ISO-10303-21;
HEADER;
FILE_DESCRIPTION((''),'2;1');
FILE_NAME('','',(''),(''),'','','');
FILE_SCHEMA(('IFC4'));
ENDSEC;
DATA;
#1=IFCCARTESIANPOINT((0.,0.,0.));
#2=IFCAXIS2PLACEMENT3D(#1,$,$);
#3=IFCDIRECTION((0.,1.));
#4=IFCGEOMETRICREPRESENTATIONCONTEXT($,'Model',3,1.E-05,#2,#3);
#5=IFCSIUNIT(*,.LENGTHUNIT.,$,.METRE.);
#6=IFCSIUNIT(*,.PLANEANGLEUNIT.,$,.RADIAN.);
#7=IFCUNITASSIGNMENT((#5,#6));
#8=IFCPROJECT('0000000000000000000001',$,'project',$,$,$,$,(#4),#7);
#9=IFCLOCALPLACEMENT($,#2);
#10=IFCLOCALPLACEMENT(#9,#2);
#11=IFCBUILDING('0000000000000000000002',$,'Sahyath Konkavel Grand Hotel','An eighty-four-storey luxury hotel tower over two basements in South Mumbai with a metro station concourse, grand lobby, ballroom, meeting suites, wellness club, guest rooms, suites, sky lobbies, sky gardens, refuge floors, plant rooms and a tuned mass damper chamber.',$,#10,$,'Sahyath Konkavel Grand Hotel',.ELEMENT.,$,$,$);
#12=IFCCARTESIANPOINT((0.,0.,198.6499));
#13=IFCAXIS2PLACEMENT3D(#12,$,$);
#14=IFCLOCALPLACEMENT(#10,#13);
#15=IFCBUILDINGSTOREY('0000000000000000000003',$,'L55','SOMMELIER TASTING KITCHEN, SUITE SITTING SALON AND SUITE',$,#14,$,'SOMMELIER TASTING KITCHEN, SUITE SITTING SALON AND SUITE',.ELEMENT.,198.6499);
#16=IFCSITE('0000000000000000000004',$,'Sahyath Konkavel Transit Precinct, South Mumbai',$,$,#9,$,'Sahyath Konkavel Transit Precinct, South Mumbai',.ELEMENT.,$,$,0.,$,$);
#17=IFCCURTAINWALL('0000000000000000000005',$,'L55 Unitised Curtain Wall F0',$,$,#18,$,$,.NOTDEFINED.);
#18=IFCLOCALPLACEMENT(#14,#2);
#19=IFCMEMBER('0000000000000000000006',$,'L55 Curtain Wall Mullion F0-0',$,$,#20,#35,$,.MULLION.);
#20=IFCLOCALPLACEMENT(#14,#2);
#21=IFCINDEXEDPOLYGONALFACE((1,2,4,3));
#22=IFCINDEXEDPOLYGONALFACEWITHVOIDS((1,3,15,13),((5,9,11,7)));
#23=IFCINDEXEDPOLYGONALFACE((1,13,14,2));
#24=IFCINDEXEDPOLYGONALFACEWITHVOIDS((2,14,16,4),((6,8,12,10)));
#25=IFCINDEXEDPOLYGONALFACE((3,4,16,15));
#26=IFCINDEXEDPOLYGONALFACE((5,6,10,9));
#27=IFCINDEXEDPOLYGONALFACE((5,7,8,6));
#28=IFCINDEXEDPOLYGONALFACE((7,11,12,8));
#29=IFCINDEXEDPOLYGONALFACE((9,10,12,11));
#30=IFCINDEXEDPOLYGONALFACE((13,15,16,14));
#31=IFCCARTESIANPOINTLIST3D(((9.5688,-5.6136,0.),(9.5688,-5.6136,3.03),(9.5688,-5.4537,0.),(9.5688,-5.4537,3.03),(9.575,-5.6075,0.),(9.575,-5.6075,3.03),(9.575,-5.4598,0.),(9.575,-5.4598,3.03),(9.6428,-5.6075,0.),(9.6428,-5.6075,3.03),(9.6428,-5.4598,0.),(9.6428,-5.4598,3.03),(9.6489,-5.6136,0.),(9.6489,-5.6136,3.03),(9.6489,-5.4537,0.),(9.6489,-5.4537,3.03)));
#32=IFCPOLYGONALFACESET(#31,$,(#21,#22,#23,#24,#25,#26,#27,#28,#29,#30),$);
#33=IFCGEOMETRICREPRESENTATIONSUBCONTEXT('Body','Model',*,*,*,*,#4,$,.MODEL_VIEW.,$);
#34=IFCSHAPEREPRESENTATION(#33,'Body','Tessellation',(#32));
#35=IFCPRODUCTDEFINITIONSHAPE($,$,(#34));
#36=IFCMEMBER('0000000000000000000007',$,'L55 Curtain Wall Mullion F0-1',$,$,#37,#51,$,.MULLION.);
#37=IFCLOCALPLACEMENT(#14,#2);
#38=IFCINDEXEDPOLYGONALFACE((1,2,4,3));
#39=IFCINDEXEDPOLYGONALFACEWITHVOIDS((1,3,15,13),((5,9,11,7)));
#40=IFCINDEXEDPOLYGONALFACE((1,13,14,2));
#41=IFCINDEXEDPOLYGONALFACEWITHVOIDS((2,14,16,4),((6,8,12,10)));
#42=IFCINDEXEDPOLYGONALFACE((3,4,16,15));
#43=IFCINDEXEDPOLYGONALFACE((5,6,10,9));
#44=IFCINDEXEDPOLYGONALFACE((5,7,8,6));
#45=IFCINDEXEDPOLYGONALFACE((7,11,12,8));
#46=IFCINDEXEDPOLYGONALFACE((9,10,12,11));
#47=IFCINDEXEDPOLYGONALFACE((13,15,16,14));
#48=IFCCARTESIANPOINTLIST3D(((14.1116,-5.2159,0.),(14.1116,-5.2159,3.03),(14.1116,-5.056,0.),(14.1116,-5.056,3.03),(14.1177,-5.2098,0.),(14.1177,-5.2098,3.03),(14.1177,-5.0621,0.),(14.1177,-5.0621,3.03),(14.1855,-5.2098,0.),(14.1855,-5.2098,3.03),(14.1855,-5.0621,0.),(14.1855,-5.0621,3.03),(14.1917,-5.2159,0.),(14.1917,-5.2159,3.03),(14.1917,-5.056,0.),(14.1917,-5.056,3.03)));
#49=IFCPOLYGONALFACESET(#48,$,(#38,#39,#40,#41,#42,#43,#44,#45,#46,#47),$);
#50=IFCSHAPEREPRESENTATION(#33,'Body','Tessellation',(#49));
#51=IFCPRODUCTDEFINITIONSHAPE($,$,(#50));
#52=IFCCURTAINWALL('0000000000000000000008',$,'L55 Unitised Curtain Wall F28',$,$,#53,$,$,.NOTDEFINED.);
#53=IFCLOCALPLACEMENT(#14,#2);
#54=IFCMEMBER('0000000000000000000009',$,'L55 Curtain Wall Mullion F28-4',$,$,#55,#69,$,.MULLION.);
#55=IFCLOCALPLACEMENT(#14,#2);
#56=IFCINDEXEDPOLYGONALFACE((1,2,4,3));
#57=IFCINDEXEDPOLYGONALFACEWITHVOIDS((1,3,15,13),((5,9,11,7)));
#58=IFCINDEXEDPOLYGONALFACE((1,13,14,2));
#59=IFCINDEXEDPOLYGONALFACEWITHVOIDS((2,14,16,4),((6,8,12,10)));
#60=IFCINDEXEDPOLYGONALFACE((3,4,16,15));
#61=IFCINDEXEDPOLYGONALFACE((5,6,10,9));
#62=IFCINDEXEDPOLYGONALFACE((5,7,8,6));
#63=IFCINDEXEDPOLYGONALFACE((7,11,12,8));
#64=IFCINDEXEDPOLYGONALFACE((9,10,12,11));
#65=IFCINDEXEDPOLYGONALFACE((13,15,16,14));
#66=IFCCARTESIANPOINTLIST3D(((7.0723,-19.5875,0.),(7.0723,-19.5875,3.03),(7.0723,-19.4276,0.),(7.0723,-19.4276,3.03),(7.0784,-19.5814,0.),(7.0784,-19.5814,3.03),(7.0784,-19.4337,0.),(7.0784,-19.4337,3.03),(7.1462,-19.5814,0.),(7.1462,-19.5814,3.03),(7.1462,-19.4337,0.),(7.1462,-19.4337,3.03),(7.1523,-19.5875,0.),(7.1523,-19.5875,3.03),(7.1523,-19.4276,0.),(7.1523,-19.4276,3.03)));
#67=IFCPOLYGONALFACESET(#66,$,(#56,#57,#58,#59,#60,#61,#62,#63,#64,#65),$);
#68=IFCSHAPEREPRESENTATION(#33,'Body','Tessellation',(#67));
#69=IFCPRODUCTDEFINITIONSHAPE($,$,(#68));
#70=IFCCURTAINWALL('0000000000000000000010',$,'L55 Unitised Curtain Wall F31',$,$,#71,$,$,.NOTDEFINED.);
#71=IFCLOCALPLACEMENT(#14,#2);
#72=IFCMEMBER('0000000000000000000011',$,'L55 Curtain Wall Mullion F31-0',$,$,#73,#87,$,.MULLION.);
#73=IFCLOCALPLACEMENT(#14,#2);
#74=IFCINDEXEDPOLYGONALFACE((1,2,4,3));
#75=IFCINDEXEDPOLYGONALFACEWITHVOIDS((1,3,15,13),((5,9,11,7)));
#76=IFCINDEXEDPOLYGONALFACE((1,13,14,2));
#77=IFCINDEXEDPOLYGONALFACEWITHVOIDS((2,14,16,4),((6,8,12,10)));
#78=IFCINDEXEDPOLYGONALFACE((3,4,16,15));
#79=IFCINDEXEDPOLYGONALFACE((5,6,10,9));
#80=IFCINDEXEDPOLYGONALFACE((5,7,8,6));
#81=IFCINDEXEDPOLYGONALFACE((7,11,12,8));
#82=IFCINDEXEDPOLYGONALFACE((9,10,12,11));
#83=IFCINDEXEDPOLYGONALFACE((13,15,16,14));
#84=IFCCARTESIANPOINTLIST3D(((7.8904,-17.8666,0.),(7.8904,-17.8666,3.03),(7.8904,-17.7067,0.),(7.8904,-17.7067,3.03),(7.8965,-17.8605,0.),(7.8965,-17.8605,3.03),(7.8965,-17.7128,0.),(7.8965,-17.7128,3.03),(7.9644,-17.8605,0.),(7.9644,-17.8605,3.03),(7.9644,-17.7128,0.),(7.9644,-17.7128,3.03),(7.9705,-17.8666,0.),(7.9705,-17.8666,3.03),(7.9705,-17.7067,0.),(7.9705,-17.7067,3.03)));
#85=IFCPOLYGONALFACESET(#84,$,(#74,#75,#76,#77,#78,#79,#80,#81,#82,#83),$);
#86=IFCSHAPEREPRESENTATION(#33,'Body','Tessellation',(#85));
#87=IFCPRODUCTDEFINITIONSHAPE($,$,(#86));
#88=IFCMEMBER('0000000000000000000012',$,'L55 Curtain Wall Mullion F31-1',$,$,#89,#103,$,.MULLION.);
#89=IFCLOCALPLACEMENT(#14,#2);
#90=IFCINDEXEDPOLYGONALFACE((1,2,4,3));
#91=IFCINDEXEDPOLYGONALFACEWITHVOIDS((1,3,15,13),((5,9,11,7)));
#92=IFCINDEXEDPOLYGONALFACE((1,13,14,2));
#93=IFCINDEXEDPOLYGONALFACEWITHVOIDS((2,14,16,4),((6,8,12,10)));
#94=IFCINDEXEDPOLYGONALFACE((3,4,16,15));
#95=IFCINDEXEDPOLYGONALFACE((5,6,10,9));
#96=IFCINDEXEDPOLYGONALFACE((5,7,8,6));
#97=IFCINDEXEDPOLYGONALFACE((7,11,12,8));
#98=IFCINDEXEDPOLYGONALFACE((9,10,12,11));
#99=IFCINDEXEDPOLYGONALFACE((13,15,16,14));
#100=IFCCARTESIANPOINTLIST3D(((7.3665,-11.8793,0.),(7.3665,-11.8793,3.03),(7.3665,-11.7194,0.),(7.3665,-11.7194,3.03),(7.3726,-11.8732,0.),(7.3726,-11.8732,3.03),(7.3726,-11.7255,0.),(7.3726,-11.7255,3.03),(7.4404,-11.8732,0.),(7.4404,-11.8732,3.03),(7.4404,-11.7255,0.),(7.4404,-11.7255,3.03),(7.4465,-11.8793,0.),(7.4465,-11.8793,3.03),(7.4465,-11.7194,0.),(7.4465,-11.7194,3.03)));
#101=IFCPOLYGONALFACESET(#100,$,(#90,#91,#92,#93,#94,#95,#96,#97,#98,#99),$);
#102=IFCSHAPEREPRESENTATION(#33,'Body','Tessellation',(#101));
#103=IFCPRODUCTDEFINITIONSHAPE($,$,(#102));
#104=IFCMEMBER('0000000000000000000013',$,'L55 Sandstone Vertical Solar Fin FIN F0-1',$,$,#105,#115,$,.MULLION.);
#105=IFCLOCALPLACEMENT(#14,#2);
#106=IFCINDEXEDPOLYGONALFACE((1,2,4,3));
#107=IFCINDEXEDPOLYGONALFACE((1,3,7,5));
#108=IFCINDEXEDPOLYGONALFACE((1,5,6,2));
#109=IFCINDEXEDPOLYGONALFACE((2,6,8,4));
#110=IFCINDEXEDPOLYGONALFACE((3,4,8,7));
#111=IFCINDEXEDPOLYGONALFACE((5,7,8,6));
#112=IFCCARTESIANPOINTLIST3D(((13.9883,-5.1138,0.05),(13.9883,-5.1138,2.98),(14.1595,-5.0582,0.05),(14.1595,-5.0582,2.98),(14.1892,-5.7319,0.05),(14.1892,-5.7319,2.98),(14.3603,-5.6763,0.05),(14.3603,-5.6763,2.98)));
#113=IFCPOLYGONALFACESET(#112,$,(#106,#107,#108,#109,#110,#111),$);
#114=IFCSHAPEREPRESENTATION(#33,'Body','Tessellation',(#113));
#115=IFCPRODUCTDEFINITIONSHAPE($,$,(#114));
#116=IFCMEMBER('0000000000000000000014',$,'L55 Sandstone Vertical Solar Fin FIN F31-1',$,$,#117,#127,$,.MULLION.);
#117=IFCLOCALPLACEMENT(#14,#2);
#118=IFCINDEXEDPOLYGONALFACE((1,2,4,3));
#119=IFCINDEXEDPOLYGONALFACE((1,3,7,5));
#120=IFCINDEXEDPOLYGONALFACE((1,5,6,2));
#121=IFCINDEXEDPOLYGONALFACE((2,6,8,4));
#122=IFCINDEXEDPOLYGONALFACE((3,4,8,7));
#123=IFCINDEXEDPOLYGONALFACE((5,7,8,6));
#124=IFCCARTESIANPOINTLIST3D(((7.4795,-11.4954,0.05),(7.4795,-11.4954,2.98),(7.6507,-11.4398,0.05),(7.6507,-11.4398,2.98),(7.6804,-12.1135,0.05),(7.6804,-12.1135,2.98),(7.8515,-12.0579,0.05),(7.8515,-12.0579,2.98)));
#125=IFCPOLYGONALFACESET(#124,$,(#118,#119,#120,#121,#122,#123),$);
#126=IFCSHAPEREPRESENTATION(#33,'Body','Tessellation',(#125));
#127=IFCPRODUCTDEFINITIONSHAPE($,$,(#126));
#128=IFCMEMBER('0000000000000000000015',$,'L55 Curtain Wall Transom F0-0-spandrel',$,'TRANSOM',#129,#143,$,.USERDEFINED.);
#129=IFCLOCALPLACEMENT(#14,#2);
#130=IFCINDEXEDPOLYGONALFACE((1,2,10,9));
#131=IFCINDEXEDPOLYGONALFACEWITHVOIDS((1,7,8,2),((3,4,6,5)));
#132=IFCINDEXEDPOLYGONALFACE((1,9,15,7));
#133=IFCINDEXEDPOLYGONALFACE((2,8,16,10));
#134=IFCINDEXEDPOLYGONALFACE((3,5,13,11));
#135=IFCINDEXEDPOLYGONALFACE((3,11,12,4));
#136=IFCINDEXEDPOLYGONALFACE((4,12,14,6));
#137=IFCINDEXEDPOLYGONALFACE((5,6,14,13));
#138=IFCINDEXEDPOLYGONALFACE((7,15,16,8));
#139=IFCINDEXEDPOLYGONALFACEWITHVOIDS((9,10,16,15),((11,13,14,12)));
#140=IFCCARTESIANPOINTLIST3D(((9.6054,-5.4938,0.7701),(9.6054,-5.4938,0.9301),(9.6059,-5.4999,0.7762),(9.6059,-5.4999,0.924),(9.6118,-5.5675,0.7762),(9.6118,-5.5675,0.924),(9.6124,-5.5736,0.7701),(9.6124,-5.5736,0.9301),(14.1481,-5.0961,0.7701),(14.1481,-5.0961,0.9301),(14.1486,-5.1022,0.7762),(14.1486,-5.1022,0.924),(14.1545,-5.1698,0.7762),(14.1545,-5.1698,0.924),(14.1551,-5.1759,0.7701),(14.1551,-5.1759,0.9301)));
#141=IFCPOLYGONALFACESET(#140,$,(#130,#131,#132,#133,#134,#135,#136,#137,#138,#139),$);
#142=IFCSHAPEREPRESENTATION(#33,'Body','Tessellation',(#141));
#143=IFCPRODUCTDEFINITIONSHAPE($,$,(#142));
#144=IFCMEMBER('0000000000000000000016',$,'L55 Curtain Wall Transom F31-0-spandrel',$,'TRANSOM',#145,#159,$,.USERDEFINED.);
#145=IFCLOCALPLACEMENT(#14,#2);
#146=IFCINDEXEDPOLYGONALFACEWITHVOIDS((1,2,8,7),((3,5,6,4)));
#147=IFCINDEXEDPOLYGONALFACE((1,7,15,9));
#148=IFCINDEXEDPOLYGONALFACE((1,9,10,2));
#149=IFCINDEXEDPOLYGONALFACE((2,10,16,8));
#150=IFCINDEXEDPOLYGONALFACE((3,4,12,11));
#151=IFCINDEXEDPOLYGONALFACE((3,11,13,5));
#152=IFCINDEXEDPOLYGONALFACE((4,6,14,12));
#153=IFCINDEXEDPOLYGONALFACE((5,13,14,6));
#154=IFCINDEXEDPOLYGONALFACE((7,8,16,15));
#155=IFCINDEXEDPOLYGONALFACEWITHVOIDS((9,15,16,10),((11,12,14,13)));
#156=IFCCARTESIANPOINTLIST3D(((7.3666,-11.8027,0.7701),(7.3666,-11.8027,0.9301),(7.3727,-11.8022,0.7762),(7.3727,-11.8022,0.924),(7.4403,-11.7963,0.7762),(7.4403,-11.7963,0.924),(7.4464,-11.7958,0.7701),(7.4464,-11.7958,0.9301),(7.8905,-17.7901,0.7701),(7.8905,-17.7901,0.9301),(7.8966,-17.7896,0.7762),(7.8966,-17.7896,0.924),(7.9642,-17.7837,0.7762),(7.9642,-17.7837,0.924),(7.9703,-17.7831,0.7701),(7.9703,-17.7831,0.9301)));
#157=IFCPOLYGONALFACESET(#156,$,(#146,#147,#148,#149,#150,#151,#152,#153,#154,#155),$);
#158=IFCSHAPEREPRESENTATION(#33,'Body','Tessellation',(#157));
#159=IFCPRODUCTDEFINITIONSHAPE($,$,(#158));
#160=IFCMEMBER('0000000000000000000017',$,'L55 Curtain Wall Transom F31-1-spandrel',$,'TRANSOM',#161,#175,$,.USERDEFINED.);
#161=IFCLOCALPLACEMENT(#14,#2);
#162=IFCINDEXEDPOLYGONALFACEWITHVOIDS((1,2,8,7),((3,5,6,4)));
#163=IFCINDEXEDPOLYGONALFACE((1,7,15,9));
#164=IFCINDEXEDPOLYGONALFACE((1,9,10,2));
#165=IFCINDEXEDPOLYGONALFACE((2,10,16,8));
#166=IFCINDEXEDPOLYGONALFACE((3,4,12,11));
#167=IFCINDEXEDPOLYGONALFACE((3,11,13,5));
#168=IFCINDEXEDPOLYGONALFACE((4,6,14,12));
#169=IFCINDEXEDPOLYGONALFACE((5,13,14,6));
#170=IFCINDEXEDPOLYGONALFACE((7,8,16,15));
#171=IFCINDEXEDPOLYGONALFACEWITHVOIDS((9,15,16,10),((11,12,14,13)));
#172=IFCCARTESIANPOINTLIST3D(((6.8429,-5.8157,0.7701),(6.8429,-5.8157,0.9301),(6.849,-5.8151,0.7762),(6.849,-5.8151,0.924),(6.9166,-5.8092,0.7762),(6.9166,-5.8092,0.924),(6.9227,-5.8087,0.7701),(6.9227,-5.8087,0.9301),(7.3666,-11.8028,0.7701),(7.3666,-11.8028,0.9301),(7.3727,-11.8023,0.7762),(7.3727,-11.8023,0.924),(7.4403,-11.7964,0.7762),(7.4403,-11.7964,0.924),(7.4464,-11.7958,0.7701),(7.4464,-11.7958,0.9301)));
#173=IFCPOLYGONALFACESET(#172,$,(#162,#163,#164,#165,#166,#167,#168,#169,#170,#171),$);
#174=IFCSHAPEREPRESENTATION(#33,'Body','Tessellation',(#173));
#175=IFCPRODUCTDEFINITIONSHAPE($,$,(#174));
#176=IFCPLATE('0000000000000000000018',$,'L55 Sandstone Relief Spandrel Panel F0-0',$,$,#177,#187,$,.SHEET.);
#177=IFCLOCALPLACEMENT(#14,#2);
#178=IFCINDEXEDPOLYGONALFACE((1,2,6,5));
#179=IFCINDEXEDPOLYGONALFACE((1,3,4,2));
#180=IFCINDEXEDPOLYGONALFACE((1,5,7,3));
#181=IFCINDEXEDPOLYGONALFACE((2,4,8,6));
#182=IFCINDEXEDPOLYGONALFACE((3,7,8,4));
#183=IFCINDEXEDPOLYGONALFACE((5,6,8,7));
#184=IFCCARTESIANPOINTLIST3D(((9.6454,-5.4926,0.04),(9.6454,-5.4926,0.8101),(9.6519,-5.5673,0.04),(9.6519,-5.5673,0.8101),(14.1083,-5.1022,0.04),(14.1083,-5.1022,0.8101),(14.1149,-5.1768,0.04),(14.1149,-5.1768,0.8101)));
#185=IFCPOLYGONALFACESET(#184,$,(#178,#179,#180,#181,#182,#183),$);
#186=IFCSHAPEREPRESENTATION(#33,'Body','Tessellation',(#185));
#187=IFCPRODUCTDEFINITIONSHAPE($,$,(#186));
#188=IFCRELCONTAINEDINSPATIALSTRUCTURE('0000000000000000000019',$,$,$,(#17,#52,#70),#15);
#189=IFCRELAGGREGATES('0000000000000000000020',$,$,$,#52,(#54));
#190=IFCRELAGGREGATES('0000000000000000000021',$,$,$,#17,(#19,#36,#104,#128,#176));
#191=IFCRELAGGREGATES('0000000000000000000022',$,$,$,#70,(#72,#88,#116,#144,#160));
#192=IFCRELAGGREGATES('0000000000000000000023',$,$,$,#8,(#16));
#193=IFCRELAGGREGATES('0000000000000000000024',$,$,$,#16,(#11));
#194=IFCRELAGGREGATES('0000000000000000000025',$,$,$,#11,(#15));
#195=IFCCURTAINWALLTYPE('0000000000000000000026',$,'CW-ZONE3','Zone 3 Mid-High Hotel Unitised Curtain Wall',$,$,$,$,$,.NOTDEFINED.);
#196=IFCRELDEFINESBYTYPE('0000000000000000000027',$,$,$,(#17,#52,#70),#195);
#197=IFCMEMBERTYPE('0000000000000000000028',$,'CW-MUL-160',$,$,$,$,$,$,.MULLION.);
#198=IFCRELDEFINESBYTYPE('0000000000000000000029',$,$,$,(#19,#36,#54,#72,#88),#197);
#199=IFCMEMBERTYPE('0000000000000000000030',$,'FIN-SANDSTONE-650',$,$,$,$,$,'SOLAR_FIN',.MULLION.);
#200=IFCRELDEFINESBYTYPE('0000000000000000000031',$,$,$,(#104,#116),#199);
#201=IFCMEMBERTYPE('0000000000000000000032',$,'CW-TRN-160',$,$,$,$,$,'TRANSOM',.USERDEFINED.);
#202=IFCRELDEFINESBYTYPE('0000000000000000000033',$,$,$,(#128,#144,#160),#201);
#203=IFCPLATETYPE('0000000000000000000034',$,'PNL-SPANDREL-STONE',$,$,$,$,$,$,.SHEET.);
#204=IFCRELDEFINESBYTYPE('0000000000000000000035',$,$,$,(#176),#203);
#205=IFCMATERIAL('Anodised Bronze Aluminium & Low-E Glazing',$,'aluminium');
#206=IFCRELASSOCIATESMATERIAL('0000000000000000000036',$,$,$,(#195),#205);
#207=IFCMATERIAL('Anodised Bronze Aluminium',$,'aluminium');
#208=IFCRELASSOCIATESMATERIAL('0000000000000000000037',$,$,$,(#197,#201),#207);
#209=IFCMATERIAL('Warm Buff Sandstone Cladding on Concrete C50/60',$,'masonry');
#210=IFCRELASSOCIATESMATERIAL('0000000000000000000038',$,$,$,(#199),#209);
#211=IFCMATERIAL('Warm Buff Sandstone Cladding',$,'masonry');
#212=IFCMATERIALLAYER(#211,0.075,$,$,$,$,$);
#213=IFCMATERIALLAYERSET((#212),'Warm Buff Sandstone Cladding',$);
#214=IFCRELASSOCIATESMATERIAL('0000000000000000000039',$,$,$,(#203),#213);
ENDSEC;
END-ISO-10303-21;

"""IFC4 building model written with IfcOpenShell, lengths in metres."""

from ifc_helpers import new_model, si_unit, direction, frame, origin, origin_2d, place, context, subcontext, project, spatial, rectangle, hollow_rectangle, extrude, source, transform, mapped, material, layer, layer_set, material_profile, profile_set, type_object, element, aggregate, save


model = new_model("IFC4")

# Units and contexts
model_context = context("Model", 3, precision=1e-05, world=origin(), true_north=direction((0.0, 1.0)))
body_context = subcontext(model_context, "Body", "Model", "MODEL_VIEW")
ifc_project = project(units=[si_unit("LENGTHUNIT", "METRE"), si_unit("PLANEANGLEUNIT", "RADIAN")], contexts=[model_context])

# Site, building, storey
site_placement = place(None, origin())
site = spatial("IfcSite", under=ifc_project, at=site_placement, Name="Sahyath Konkavel Transit Precinct, South Mumbai", LongName="Sahyath Konkavel Transit Precinct, South Mumbai", CompositionType="ELEMENT", RefElevation=0.0)
building_placement = place(site_placement, origin())
building = spatial("IfcBuilding", under=site, at=building_placement, Name="Sahyath Konkavel Grand Hotel", Description="An eighty-four-storey luxury hotel tower over two basements in South Mumbai with a metro station concourse, grand lobby, ballroom, meeting suites, wellness club, guest rooms, suites, sky lobbies, sky gardens, refuge floors, plant rooms and a tuned mass damper chamber.", LongName="Sahyath Konkavel Grand Hotel", CompositionType="ELEMENT")
storey_placement = place(building_placement, frame((0.0, 0.0, 198.6499)))
storey = spatial("IfcBuildingStorey", under=building, at=storey_placement, Name="L55", Description="SOMMELIER TASTING KITCHEN, SUITE SITTING SALON AND SUITE", LongName="SOMMELIER TASTING KITCHEN, SUITE SITTING SALON AND SUITE", CompositionType="ELEMENT", Elevation=198.6499)

# Curtain wall, members
ifc_material_1 = material(Name="Anodised Bronze Aluminium & Low-E Glazing", Category="aluminium")
curtain_wall_type = type_object("IfcCurtainWallType", Name="CW-ZONE3", Description="Zone 3 Mid-High Hotel Unitised Curtain Wall", PredefinedType="NOTDEFINED", material=ifc_material_1)
curtain_wall_1_placement = place(storey_placement, origin())
curtain_wall_1 = element("IfcCurtainWall", 1, at=curtain_wall_1_placement, inside=storey, type_object=curtain_wall_type, Name="L55 Unitised Curtain Wall F0", PredefinedType="NOTDEFINED")
ifc_material_2 = material(Name="Anodised Bronze Aluminium", Category="aluminium")
ifc_material_profile_1 = material_profile(ifc_material_2, hollow_rectangle(XDim=0.0801, YDim=0.1599, WallThickness=0.0061, at=origin_2d()), Name="RHS 160x80x6")
ifc_profile_set_1 = profile_set([ifc_material_profile_1], Name="Anodised Bronze Aluminium")
member_type_1 = type_object("IfcMemberType", Name="CW-MUL-160", PredefinedType="MULLION", material=ifc_profile_set_1)
shared_shape_1 = source(origin(), body_context, "Body", "SweptSolid", [
    extrude(hollow_rectangle(XDim=0.0801, YDim=0.1599, WallThickness=0.0061, at=origin_2d()), origin(), (0.0, 0.0, 1.0), 3.03),
])
member_1_placement = place(storey_placement, frame((9.6089, -5.5337, 0.0), z_axis=(0.0, 0.0, 1.0), x_axis=(1.0, 0.0, 0.0)))
member_1 = element("IfcMember", 2, at=member_1_placement, type_object=member_type_1, Name="L55 Curtain Wall Mullion F0-0", PredefinedType="MULLION", context=body_context, shape_type="MappedRepresentation", body=[
    mapped(shared_shape_1, transform((0.0, 0.0, 0.0), scale=1.0)),
])
member_2_placement = place(storey_placement, frame((14.1516, -5.136, 0.0), z_axis=(0.0, 0.0, 1.0), x_axis=(1.0, 0.0, 0.0)))
member_2 = element("IfcMember", 3, at=member_2_placement, type_object=member_type_1, Name="L55 Curtain Wall Mullion F0-1", PredefinedType="MULLION", context=body_context, shape_type="MappedRepresentation", body=[
    mapped(shared_shape_1, transform((0.0, 0.0, 0.0), scale=1.0)),
])

# Curtain wall, member
curtain_wall_2_placement = place(storey_placement, origin())
curtain_wall_2 = element("IfcCurtainWall", 4, at=curtain_wall_2_placement, inside=storey, type_object=curtain_wall_type, Name="L55 Unitised Curtain Wall F28", PredefinedType="NOTDEFINED")
member_3_placement = place(storey_placement, frame((7.1123, -19.5076, 0.0), z_axis=(0.0, 0.0, 1.0), x_axis=(1.0, 0.0, 0.0)))
member_3 = element("IfcMember", 5, at=member_3_placement, type_object=member_type_1, Name="L55 Curtain Wall Mullion F28-4", PredefinedType="MULLION", context=body_context, shape_type="MappedRepresentation", body=[
    mapped(shared_shape_1, transform((0.0, 0.0, 0.0), scale=1.0)),
])
aggregate(curtain_wall_2, [member_3])

# Curtain wall, members
curtain_wall_3_placement = place(storey_placement, origin())
curtain_wall_3 = element("IfcCurtainWall", 6, at=curtain_wall_3_placement, inside=storey, type_object=curtain_wall_type, Name="L55 Unitised Curtain Wall F31", PredefinedType="NOTDEFINED")
member_4_placement = place(storey_placement, frame((7.9304, -17.7866, 0.0), z_axis=(0.0, 0.0, 1.0), x_axis=(1.0, 0.0, 0.0)))
member_4 = element("IfcMember", 7, at=member_4_placement, type_object=member_type_1, Name="L55 Curtain Wall Mullion F31-0", PredefinedType="MULLION", context=body_context, shape_type="MappedRepresentation", body=[
    mapped(shared_shape_1, transform((0.0, 0.0, 0.0), scale=1.0)),
])
member_5_placement = place(storey_placement, frame((7.4065, -11.7993, 0.0), z_axis=(0.0, 0.0, 1.0), x_axis=(1.0, 0.0, 0.0)))
member_5 = element("IfcMember", 8, at=member_5_placement, type_object=member_type_1, Name="L55 Curtain Wall Mullion F31-1", PredefinedType="MULLION", context=body_context, shape_type="MappedRepresentation", body=[
    mapped(shared_shape_1, transform((0.0, 0.0, 0.0), scale=1.0)),
])

# Members
ifc_material_3 = material(Name="Warm Buff Sandstone Cladding on Concrete C50/60", Category="masonry")
ifc_material_profile_2 = material_profile(ifc_material_3, rectangle(XDim=0.1799, YDim=0.6499, at=origin_2d()), Name="FIN 180x650")
ifc_profile_set_2 = profile_set([ifc_material_profile_2], Name="Warm Buff Sandstone Cladding on Concrete C50/60")
member_type_2 = type_object("IfcMemberType", Name="FIN-SANDSTONE-650", ElementType="SOLAR_FIN", PredefinedType="MULLION", material=ifc_profile_set_2)
shared_shape_2 = source(origin(), body_context, "Body", "SweptSolid", [
    extrude(rectangle(XDim=0.1799, YDim=0.6499, at=origin_2d()), origin(), (0.0, 0.0, 1.0), 2.9299),
])
member_6_placement = place(storey_placement, frame((14.1743, -5.395, 0.05), z_axis=(0.0, 0.0, 1.0), x_axis=(0.951057, 0.309017, 0.0)))
member_6 = element("IfcMember", 9, at=member_6_placement, type_object=member_type_2, Name="L55 Sandstone Vertical Solar Fin FIN F0-1", PredefinedType="MULLION", context=body_context, shape_type="MappedRepresentation", body=[
    mapped(shared_shape_2, transform((0.0, 0.0, 0.0), scale=1.0)),
])
member_7_placement = place(storey_placement, frame((7.6655, -11.7766, 0.05), z_axis=(0.0, 0.0, 1.0), x_axis=(0.951057, 0.309017, 0.0)))
member_7 = element("IfcMember", 10, at=member_7_placement, type_object=member_type_2, Name="L55 Sandstone Vertical Solar Fin FIN F31-1", PredefinedType="MULLION", context=body_context, shape_type="MappedRepresentation", body=[
    mapped(shared_shape_2, transform((0.0, 0.0, 0.0), scale=1.0)),
])
ifc_material_profile_3 = material_profile(ifc_material_2, hollow_rectangle(XDim=0.0801, YDim=0.1599, WallThickness=0.0061, at=origin_2d()), Name="RHS 160x80x6")
ifc_profile_set_3 = profile_set([ifc_material_profile_3], Name="Anodised Bronze Aluminium")
member_type_3 = type_object("IfcMemberType", Name="CW-TRN-160", ElementType="TRANSOM", PredefinedType="USERDEFINED", material=ifc_profile_set_3)
shared_shape_3 = source(origin(), body_context, "Body", "SweptSolid", [
    extrude(hollow_rectangle(XDim=0.0801, YDim=0.1599, WallThickness=0.0061, at=origin_2d()), origin(), (0.0, 0.0, 1.0), 4.5601),
])
member_8_placement = place(storey_placement, frame((9.6089, -5.5337, 0.8501), z_axis=(0.99619, 0.087214, 0.0), x_axis=(-0.087214, 0.99619, 0.0)))
member_8 = element("IfcMember", 11, at=member_8_placement, type_object=member_type_3, Name="L55 Curtain Wall Transom F0-0-spandrel", ObjectType="TRANSOM", PredefinedType="USERDEFINED", context=body_context, shape_type="MappedRepresentation", body=[
    mapped(shared_shape_3, transform((0.0, 0.0, 0.0), scale=1.0)),
])
shared_shape_4 = source(origin(), body_context, "Body", "SweptSolid", [
    extrude(hollow_rectangle(XDim=0.0801, YDim=0.1599, WallThickness=0.0061, at=origin_2d()), origin(), (0.0, 0.0, 1.0), 6.0103),
])
member_9_placement = place(storey_placement, frame((7.9304, -17.7866, 0.8501), z_axis=(-0.087173, 0.996193, 0.0), x_axis=(-0.996193, -0.087173, 0.0)))
member_9 = element("IfcMember", 12, at=member_9_placement, type_object=member_type_3, Name="L55 Curtain Wall Transom F31-0-spandrel", ObjectType="TRANSOM", PredefinedType="USERDEFINED", context=body_context, shape_type="MappedRepresentation", body=[
    mapped(shared_shape_4, transform((0.0, 0.0, 0.0), scale=1.0)),
])
shared_shape_5 = source(origin(), body_context, "Body", "SweptSolid", [
    extrude(hollow_rectangle(XDim=0.0801, YDim=0.1599, WallThickness=0.0061, at=origin_2d()), origin(), (0.0, 0.0, 1.0), 6.01),
])
member_10_placement = place(storey_placement, frame((7.4065, -11.7993, 0.8501), z_axis=(-0.087136, 0.996196, 0.0), x_axis=(-0.996196, -0.087136, 0.0)))
member_10 = element("IfcMember", 13, at=member_10_placement, type_object=member_type_3, Name="L55 Curtain Wall Transom F31-1-spandrel", ObjectType="TRANSOM", PredefinedType="USERDEFINED", context=body_context, shape_type="MappedRepresentation", body=[
    mapped(shared_shape_5, transform((0.0, 0.0, 0.0), scale=1.0)),
])

# Plate
ifc_material_4 = material(Name="Warm Buff Sandstone Cladding", Category="masonry")
ifc_layer_1 = layer(ifc_material_4, 0.075)
ifc_layer_set_1 = layer_set([ifc_layer_1], Name="Warm Buff Sandstone Cladding")
plate_type_1 = type_object("IfcPlateType", Name="PNL-SPANDREL-STONE", PredefinedType="SHEET", material=ifc_layer_set_1)
shared_shape_6 = source(origin(), body_context, "Body", "SweptSolid", [
    extrude(rectangle(XDim=4.48, YDim=0.075, at=origin_2d()), origin(), (0.0, 0.0, 1.0), 0.77),
])
plate_1_placement = place(storey_placement, frame((11.8801, -5.3347, 0.04), z_axis=(0.0, 0.0, 1.0), x_axis=(0.996195, 0.087156, 0.0)))
plate_1 = element("IfcPlate", 14, at=plate_1_placement, type_object=plate_type_1, Name="L55 Sandstone Relief Spandrel Panel F0-0", PredefinedType="SHEET", context=body_context, shape_type="MappedRepresentation", body=[
    mapped(shared_shape_6, transform((0.0, 0.0, 0.0), scale=1.0)),
])
aggregate(curtain_wall_1, [member_1, member_2, member_6, member_8, plate_1])
aggregate(curtain_wall_3, [member_4, member_5, member_7, member_9, member_10])

save(model, "model.ifc")
